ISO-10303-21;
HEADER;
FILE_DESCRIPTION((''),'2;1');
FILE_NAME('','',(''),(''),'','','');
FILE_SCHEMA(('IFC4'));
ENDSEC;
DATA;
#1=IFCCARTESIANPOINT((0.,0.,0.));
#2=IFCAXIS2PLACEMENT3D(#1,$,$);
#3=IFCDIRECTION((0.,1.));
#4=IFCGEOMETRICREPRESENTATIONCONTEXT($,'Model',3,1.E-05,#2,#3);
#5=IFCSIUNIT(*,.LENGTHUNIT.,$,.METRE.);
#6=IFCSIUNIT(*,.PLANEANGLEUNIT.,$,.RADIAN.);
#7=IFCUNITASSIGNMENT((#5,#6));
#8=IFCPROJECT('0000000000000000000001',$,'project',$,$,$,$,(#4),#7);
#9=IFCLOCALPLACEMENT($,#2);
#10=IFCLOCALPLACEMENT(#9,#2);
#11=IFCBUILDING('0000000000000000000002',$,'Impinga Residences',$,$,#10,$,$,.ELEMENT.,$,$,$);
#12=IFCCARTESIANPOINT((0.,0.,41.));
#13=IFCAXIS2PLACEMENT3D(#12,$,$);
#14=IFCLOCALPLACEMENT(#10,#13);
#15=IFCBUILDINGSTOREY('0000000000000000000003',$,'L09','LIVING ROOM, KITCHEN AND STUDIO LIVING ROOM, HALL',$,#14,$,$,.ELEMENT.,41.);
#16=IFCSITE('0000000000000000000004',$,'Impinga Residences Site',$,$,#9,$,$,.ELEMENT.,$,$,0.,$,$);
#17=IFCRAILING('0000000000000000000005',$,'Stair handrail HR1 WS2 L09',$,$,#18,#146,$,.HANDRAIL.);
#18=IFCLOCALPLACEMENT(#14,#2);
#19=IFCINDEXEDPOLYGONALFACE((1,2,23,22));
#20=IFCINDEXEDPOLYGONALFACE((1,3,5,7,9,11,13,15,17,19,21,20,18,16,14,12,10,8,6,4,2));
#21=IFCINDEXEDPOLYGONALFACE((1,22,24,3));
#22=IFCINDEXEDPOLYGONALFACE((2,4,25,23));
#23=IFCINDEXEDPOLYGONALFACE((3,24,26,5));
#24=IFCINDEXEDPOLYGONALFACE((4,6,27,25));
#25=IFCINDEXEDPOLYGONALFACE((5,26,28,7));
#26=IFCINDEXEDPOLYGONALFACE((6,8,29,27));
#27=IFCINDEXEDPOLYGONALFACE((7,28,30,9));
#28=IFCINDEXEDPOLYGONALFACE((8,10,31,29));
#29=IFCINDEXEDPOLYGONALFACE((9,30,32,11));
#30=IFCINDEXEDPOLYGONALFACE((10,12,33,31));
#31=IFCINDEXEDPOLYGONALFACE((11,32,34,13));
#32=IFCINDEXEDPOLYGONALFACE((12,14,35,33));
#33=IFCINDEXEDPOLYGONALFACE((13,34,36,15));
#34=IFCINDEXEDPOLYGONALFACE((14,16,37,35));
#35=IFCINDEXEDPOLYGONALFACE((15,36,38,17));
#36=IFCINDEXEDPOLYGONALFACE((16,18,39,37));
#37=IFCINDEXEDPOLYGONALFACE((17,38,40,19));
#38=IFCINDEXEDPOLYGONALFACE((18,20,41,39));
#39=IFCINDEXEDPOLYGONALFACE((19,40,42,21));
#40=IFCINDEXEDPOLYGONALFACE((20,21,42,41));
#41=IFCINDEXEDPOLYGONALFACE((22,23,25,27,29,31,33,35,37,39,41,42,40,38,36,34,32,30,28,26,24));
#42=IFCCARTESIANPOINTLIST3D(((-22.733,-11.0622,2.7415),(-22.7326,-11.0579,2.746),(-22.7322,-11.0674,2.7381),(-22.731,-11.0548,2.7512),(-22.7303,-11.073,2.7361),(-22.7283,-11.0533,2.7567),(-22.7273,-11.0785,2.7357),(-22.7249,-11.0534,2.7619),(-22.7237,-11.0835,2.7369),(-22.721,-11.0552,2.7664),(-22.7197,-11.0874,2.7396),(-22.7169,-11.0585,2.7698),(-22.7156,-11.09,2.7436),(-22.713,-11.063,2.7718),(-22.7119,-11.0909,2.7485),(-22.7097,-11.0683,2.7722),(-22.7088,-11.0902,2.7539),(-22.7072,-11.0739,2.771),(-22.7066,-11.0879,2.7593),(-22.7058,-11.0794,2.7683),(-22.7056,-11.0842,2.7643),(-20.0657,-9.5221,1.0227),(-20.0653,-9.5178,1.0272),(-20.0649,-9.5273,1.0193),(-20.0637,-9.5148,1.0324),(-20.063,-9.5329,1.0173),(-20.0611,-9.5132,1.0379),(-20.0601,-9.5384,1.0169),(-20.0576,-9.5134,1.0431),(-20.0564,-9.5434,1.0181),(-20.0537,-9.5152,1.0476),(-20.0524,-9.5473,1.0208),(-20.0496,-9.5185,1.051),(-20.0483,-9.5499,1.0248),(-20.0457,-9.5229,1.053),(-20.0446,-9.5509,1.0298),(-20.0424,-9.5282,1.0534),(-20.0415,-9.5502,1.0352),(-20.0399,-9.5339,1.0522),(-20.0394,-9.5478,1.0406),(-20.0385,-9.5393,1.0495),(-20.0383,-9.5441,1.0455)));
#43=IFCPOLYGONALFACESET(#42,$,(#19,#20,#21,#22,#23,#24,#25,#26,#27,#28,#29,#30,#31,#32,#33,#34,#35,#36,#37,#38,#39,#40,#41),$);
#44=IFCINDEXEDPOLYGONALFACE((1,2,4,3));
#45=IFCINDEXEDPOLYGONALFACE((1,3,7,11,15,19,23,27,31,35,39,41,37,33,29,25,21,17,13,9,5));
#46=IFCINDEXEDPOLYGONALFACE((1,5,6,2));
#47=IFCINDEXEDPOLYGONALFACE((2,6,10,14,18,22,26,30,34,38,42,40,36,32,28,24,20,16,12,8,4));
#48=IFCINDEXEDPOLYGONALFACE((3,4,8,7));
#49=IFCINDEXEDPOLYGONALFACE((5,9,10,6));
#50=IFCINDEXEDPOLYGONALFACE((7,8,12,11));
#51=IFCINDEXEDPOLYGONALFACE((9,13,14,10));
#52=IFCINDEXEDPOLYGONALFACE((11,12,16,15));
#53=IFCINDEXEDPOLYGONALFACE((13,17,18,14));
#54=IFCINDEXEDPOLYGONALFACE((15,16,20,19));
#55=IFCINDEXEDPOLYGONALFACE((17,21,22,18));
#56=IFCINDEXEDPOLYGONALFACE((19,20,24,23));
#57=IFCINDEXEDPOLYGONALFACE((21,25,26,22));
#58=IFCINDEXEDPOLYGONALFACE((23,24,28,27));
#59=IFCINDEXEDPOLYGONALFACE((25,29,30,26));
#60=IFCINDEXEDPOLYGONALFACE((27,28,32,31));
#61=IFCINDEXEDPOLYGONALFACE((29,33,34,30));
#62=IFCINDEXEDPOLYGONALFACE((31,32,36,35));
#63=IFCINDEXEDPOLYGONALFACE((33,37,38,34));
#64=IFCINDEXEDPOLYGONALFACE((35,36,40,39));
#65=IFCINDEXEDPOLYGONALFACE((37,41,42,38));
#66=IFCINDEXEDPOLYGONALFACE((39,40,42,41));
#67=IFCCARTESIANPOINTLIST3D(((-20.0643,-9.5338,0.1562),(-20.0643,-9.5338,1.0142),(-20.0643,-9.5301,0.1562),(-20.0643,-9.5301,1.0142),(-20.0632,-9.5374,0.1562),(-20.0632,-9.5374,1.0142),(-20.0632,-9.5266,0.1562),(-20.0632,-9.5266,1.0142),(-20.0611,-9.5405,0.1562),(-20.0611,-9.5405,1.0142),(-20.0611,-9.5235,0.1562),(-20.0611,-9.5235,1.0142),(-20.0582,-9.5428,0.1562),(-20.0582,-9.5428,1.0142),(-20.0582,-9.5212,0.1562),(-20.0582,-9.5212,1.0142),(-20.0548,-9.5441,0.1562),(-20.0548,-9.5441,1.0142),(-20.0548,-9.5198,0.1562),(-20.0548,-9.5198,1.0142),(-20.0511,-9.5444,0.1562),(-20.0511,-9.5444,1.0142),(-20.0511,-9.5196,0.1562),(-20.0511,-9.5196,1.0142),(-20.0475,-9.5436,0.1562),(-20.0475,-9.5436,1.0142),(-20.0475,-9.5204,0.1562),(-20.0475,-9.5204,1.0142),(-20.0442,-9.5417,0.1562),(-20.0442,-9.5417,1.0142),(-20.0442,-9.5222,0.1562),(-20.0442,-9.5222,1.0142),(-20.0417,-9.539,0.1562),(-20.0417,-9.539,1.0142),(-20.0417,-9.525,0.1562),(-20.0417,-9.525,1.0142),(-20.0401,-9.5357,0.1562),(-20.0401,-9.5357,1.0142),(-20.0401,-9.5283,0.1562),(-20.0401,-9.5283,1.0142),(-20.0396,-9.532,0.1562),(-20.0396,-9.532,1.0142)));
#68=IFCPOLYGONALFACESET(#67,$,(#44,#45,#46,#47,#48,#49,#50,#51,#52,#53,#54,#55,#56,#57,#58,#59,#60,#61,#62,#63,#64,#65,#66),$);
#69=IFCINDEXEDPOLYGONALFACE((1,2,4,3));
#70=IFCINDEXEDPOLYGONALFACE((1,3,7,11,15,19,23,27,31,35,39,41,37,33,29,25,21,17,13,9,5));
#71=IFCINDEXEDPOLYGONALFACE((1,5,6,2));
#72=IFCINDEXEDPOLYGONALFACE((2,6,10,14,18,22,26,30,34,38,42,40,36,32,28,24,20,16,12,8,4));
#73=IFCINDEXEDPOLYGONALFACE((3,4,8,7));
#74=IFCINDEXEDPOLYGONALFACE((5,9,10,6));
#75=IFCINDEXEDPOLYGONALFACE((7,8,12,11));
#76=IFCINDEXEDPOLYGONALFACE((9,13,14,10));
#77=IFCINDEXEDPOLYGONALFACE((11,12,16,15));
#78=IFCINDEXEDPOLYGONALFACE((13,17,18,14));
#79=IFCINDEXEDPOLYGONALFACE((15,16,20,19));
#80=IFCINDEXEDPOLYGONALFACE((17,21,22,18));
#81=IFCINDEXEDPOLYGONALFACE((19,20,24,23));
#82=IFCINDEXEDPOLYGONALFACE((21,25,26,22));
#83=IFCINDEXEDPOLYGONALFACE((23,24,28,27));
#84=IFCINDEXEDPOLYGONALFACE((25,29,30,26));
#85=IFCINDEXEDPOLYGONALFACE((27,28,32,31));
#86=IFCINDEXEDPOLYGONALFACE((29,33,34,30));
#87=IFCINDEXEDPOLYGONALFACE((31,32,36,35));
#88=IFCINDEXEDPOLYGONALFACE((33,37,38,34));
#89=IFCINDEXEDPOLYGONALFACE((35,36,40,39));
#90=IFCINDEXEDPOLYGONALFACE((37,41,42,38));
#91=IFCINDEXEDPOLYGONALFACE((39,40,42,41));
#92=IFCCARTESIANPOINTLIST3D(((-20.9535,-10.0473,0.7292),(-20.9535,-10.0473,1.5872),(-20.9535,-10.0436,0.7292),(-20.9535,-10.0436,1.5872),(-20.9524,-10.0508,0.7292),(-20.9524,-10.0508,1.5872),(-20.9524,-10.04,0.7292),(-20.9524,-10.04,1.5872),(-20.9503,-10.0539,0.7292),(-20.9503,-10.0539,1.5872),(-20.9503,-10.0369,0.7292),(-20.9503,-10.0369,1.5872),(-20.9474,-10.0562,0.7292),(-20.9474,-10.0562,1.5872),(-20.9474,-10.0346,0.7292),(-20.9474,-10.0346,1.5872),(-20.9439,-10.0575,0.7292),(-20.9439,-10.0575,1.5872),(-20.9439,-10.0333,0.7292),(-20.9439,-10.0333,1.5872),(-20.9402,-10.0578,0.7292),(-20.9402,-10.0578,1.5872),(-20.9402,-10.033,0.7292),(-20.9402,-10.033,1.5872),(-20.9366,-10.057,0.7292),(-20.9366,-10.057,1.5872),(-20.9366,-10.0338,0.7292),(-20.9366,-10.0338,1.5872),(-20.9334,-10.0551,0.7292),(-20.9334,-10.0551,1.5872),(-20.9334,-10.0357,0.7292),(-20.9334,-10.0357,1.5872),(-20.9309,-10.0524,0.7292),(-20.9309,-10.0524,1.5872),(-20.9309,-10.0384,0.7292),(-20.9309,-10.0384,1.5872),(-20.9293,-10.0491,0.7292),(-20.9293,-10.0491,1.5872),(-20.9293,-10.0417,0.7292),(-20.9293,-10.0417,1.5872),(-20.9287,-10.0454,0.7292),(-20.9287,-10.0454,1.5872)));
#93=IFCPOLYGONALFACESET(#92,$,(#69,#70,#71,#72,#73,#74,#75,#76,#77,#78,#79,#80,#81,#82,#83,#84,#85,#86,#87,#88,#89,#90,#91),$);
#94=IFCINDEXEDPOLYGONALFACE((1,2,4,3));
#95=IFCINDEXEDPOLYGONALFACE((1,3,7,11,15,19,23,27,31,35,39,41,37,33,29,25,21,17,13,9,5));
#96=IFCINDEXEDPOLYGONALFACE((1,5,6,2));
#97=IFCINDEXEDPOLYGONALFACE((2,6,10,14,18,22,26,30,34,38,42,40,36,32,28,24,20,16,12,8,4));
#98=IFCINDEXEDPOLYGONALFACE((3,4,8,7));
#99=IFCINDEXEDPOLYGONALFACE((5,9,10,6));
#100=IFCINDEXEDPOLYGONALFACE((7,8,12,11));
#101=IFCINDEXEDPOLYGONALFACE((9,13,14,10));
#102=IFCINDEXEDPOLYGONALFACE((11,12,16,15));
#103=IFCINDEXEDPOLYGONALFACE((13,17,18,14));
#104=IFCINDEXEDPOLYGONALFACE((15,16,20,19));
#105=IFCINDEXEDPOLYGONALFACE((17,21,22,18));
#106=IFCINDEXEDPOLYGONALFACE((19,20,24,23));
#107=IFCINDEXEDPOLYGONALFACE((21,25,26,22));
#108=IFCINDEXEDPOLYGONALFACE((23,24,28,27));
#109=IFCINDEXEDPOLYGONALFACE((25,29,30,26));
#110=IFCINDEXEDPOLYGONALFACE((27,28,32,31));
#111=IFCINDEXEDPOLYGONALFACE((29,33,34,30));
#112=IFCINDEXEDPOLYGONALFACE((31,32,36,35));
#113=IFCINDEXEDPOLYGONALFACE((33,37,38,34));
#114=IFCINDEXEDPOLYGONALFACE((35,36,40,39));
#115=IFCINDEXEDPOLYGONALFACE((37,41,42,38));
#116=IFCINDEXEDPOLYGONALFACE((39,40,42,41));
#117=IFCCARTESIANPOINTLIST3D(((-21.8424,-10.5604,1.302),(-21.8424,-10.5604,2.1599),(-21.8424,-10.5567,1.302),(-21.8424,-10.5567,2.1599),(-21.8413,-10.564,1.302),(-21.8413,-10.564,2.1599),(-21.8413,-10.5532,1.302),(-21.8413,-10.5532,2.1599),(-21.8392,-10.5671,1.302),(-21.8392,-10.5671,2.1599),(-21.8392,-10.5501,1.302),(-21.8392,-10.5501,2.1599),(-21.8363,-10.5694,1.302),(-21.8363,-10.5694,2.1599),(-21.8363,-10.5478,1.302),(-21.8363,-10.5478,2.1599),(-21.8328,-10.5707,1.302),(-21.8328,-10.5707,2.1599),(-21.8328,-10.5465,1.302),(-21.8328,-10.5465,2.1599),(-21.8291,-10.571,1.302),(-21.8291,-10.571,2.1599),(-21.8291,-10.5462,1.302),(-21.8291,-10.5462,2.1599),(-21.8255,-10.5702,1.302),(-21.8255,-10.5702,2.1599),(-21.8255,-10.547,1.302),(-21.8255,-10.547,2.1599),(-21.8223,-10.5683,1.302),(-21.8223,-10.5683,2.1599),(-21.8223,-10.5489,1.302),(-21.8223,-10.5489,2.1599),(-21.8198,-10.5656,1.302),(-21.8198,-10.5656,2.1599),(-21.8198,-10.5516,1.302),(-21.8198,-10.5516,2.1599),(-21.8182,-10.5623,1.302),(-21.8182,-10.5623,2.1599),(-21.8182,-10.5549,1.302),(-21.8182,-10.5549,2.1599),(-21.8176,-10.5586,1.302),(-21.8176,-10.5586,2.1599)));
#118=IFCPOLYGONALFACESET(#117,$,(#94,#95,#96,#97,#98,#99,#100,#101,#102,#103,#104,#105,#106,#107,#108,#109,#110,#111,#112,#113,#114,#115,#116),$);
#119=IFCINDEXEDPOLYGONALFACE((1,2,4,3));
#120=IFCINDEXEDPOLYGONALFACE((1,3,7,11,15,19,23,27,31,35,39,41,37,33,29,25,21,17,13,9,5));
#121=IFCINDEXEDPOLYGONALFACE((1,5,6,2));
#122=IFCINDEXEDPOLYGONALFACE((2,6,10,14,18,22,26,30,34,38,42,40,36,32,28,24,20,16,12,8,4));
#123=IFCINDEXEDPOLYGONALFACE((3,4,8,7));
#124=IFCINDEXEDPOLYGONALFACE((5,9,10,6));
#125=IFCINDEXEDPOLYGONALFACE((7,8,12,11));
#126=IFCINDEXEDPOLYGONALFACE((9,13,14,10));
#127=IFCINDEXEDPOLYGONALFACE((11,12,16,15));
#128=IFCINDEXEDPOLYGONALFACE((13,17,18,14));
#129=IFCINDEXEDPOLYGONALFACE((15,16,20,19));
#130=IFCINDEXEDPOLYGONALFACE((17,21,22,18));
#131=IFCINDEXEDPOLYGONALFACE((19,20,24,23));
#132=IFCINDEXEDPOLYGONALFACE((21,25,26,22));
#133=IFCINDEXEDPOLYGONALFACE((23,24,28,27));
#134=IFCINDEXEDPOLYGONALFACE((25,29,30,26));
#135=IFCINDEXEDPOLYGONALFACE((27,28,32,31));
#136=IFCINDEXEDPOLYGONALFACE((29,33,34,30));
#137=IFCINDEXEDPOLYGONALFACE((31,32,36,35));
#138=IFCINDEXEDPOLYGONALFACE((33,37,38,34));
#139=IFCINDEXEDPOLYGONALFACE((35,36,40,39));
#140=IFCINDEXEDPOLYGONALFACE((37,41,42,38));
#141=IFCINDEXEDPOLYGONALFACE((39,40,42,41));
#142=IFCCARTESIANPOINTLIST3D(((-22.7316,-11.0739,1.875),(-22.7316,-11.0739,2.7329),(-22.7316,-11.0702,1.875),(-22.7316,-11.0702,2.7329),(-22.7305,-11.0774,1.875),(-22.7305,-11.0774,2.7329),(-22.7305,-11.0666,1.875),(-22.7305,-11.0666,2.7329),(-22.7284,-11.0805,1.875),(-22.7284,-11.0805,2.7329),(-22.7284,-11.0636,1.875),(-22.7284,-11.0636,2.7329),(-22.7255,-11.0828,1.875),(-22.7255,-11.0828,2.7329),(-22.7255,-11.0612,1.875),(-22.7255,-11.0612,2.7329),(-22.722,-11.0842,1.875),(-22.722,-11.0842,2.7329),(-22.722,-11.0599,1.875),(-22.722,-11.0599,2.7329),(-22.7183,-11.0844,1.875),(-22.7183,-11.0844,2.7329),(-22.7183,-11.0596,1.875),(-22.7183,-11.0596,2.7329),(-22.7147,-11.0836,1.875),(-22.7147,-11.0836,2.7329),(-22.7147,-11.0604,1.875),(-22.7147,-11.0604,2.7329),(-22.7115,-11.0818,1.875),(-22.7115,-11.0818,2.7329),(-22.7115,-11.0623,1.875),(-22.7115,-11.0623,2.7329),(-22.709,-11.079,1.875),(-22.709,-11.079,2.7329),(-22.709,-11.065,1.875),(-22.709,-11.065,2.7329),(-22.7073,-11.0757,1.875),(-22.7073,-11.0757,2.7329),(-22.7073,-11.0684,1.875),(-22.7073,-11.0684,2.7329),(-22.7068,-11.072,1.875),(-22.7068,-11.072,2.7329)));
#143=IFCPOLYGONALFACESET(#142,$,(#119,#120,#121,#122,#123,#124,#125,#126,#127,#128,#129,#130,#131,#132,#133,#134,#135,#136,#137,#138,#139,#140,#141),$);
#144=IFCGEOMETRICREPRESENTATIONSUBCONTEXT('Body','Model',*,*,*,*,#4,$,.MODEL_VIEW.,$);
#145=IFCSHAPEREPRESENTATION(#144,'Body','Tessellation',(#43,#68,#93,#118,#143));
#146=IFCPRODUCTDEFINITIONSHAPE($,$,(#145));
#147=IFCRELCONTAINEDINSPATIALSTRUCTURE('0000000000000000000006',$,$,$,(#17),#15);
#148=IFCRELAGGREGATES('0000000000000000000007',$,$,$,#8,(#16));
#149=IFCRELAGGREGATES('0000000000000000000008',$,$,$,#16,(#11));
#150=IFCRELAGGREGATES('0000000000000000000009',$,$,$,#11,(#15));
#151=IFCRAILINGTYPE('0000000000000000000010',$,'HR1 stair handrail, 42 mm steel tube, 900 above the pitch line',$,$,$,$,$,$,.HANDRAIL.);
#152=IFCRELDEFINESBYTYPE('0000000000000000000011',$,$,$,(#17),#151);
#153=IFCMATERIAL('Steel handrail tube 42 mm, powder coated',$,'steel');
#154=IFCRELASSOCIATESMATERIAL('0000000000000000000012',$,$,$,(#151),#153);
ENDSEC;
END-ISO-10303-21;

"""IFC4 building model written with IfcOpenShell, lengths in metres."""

from ifc_helpers import new_model, si_unit, direction, frame, origin, origin_2d, place, context, subcontext, project, spatial, circle, extrude, material, type_object, element, save


model = new_model("IFC4")

# Units and contexts
model_context = context("Model", 3, precision=1e-05, world=origin(), true_north=direction((0.0, 1.0)))
body_context = subcontext(model_context, "Body", "Model", "MODEL_VIEW")
ifc_project = project(units=[si_unit("LENGTHUNIT", "METRE"), si_unit("PLANEANGLEUNIT", "RADIAN")], contexts=[model_context])

# Site, building, storey
site_placement = place(None, origin())
site = spatial("IfcSite", under=ifc_project, at=site_placement, Name="Impinga Residences Site", CompositionType="ELEMENT", RefElevation=0.0)
building_placement = place(site_placement, origin())
building = spatial("IfcBuilding", under=site, at=building_placement, Name="Impinga Residences", CompositionType="ELEMENT")
storey_placement = place(building_placement, frame((0.0, 0.0, 41.0)))
storey = spatial("IfcBuildingStorey", under=building, at=storey_placement, Name="L09", Description="LIVING ROOM, KITCHEN AND STUDIO LIVING ROOM, HALL", CompositionType="ELEMENT", Elevation=41.0)

# Railing
ifc_material_1 = material(Name="Steel handrail tube 42 mm, powder coated", Category="steel")
railing_type_1 = type_object("IfcRailingType", Name="HR1 stair handrail, 42 mm steel tube, 900 above the pitch line", PredefinedType="HANDRAIL", material=ifc_material_1)
railing_1_placement = place(storey_placement, frame((-20.052, -9.532, 0.1562)))
element("IfcRailing", 1, at=railing_1_placement, inside=storey, type_object=railing_type_1, Name="Stair handrail HR1 WS2 L09", PredefinedType="HANDRAIL", context=body_context, shape_type="SweptSolid", body=[
    extrude(circle(Radius=0.021, at=origin_2d()), frame((0.0, 0.0, 0.8789), z_axis=(-0.756226, -0.436639, 0.487307), x_axis=(0.500027, -0.86601, 0.0)), (0.0, 0.0, 1.0), 3.5271),
    extrude(circle(Radius=0.0125, at=origin_2d()), origin(), (0.0, 0.0, 1.0), 0.8579),
    extrude(circle(Radius=0.0125, at=origin_2d()), frame((-0.8892, -0.5134, 0.573)), (0.0, 0.0, 1.0), 0.8579),
    extrude(circle(Radius=0.0125, at=origin_2d()), frame((-1.7781, -1.0266, 1.1458)), (0.0, 0.0, 1.0), 0.8579),
    extrude(circle(Radius=0.0125, at=origin_2d()), frame((-2.6672, -1.54, 1.7188)), (0.0, 0.0, 1.0), 0.8579),
])

save(model, "model.ifc")
